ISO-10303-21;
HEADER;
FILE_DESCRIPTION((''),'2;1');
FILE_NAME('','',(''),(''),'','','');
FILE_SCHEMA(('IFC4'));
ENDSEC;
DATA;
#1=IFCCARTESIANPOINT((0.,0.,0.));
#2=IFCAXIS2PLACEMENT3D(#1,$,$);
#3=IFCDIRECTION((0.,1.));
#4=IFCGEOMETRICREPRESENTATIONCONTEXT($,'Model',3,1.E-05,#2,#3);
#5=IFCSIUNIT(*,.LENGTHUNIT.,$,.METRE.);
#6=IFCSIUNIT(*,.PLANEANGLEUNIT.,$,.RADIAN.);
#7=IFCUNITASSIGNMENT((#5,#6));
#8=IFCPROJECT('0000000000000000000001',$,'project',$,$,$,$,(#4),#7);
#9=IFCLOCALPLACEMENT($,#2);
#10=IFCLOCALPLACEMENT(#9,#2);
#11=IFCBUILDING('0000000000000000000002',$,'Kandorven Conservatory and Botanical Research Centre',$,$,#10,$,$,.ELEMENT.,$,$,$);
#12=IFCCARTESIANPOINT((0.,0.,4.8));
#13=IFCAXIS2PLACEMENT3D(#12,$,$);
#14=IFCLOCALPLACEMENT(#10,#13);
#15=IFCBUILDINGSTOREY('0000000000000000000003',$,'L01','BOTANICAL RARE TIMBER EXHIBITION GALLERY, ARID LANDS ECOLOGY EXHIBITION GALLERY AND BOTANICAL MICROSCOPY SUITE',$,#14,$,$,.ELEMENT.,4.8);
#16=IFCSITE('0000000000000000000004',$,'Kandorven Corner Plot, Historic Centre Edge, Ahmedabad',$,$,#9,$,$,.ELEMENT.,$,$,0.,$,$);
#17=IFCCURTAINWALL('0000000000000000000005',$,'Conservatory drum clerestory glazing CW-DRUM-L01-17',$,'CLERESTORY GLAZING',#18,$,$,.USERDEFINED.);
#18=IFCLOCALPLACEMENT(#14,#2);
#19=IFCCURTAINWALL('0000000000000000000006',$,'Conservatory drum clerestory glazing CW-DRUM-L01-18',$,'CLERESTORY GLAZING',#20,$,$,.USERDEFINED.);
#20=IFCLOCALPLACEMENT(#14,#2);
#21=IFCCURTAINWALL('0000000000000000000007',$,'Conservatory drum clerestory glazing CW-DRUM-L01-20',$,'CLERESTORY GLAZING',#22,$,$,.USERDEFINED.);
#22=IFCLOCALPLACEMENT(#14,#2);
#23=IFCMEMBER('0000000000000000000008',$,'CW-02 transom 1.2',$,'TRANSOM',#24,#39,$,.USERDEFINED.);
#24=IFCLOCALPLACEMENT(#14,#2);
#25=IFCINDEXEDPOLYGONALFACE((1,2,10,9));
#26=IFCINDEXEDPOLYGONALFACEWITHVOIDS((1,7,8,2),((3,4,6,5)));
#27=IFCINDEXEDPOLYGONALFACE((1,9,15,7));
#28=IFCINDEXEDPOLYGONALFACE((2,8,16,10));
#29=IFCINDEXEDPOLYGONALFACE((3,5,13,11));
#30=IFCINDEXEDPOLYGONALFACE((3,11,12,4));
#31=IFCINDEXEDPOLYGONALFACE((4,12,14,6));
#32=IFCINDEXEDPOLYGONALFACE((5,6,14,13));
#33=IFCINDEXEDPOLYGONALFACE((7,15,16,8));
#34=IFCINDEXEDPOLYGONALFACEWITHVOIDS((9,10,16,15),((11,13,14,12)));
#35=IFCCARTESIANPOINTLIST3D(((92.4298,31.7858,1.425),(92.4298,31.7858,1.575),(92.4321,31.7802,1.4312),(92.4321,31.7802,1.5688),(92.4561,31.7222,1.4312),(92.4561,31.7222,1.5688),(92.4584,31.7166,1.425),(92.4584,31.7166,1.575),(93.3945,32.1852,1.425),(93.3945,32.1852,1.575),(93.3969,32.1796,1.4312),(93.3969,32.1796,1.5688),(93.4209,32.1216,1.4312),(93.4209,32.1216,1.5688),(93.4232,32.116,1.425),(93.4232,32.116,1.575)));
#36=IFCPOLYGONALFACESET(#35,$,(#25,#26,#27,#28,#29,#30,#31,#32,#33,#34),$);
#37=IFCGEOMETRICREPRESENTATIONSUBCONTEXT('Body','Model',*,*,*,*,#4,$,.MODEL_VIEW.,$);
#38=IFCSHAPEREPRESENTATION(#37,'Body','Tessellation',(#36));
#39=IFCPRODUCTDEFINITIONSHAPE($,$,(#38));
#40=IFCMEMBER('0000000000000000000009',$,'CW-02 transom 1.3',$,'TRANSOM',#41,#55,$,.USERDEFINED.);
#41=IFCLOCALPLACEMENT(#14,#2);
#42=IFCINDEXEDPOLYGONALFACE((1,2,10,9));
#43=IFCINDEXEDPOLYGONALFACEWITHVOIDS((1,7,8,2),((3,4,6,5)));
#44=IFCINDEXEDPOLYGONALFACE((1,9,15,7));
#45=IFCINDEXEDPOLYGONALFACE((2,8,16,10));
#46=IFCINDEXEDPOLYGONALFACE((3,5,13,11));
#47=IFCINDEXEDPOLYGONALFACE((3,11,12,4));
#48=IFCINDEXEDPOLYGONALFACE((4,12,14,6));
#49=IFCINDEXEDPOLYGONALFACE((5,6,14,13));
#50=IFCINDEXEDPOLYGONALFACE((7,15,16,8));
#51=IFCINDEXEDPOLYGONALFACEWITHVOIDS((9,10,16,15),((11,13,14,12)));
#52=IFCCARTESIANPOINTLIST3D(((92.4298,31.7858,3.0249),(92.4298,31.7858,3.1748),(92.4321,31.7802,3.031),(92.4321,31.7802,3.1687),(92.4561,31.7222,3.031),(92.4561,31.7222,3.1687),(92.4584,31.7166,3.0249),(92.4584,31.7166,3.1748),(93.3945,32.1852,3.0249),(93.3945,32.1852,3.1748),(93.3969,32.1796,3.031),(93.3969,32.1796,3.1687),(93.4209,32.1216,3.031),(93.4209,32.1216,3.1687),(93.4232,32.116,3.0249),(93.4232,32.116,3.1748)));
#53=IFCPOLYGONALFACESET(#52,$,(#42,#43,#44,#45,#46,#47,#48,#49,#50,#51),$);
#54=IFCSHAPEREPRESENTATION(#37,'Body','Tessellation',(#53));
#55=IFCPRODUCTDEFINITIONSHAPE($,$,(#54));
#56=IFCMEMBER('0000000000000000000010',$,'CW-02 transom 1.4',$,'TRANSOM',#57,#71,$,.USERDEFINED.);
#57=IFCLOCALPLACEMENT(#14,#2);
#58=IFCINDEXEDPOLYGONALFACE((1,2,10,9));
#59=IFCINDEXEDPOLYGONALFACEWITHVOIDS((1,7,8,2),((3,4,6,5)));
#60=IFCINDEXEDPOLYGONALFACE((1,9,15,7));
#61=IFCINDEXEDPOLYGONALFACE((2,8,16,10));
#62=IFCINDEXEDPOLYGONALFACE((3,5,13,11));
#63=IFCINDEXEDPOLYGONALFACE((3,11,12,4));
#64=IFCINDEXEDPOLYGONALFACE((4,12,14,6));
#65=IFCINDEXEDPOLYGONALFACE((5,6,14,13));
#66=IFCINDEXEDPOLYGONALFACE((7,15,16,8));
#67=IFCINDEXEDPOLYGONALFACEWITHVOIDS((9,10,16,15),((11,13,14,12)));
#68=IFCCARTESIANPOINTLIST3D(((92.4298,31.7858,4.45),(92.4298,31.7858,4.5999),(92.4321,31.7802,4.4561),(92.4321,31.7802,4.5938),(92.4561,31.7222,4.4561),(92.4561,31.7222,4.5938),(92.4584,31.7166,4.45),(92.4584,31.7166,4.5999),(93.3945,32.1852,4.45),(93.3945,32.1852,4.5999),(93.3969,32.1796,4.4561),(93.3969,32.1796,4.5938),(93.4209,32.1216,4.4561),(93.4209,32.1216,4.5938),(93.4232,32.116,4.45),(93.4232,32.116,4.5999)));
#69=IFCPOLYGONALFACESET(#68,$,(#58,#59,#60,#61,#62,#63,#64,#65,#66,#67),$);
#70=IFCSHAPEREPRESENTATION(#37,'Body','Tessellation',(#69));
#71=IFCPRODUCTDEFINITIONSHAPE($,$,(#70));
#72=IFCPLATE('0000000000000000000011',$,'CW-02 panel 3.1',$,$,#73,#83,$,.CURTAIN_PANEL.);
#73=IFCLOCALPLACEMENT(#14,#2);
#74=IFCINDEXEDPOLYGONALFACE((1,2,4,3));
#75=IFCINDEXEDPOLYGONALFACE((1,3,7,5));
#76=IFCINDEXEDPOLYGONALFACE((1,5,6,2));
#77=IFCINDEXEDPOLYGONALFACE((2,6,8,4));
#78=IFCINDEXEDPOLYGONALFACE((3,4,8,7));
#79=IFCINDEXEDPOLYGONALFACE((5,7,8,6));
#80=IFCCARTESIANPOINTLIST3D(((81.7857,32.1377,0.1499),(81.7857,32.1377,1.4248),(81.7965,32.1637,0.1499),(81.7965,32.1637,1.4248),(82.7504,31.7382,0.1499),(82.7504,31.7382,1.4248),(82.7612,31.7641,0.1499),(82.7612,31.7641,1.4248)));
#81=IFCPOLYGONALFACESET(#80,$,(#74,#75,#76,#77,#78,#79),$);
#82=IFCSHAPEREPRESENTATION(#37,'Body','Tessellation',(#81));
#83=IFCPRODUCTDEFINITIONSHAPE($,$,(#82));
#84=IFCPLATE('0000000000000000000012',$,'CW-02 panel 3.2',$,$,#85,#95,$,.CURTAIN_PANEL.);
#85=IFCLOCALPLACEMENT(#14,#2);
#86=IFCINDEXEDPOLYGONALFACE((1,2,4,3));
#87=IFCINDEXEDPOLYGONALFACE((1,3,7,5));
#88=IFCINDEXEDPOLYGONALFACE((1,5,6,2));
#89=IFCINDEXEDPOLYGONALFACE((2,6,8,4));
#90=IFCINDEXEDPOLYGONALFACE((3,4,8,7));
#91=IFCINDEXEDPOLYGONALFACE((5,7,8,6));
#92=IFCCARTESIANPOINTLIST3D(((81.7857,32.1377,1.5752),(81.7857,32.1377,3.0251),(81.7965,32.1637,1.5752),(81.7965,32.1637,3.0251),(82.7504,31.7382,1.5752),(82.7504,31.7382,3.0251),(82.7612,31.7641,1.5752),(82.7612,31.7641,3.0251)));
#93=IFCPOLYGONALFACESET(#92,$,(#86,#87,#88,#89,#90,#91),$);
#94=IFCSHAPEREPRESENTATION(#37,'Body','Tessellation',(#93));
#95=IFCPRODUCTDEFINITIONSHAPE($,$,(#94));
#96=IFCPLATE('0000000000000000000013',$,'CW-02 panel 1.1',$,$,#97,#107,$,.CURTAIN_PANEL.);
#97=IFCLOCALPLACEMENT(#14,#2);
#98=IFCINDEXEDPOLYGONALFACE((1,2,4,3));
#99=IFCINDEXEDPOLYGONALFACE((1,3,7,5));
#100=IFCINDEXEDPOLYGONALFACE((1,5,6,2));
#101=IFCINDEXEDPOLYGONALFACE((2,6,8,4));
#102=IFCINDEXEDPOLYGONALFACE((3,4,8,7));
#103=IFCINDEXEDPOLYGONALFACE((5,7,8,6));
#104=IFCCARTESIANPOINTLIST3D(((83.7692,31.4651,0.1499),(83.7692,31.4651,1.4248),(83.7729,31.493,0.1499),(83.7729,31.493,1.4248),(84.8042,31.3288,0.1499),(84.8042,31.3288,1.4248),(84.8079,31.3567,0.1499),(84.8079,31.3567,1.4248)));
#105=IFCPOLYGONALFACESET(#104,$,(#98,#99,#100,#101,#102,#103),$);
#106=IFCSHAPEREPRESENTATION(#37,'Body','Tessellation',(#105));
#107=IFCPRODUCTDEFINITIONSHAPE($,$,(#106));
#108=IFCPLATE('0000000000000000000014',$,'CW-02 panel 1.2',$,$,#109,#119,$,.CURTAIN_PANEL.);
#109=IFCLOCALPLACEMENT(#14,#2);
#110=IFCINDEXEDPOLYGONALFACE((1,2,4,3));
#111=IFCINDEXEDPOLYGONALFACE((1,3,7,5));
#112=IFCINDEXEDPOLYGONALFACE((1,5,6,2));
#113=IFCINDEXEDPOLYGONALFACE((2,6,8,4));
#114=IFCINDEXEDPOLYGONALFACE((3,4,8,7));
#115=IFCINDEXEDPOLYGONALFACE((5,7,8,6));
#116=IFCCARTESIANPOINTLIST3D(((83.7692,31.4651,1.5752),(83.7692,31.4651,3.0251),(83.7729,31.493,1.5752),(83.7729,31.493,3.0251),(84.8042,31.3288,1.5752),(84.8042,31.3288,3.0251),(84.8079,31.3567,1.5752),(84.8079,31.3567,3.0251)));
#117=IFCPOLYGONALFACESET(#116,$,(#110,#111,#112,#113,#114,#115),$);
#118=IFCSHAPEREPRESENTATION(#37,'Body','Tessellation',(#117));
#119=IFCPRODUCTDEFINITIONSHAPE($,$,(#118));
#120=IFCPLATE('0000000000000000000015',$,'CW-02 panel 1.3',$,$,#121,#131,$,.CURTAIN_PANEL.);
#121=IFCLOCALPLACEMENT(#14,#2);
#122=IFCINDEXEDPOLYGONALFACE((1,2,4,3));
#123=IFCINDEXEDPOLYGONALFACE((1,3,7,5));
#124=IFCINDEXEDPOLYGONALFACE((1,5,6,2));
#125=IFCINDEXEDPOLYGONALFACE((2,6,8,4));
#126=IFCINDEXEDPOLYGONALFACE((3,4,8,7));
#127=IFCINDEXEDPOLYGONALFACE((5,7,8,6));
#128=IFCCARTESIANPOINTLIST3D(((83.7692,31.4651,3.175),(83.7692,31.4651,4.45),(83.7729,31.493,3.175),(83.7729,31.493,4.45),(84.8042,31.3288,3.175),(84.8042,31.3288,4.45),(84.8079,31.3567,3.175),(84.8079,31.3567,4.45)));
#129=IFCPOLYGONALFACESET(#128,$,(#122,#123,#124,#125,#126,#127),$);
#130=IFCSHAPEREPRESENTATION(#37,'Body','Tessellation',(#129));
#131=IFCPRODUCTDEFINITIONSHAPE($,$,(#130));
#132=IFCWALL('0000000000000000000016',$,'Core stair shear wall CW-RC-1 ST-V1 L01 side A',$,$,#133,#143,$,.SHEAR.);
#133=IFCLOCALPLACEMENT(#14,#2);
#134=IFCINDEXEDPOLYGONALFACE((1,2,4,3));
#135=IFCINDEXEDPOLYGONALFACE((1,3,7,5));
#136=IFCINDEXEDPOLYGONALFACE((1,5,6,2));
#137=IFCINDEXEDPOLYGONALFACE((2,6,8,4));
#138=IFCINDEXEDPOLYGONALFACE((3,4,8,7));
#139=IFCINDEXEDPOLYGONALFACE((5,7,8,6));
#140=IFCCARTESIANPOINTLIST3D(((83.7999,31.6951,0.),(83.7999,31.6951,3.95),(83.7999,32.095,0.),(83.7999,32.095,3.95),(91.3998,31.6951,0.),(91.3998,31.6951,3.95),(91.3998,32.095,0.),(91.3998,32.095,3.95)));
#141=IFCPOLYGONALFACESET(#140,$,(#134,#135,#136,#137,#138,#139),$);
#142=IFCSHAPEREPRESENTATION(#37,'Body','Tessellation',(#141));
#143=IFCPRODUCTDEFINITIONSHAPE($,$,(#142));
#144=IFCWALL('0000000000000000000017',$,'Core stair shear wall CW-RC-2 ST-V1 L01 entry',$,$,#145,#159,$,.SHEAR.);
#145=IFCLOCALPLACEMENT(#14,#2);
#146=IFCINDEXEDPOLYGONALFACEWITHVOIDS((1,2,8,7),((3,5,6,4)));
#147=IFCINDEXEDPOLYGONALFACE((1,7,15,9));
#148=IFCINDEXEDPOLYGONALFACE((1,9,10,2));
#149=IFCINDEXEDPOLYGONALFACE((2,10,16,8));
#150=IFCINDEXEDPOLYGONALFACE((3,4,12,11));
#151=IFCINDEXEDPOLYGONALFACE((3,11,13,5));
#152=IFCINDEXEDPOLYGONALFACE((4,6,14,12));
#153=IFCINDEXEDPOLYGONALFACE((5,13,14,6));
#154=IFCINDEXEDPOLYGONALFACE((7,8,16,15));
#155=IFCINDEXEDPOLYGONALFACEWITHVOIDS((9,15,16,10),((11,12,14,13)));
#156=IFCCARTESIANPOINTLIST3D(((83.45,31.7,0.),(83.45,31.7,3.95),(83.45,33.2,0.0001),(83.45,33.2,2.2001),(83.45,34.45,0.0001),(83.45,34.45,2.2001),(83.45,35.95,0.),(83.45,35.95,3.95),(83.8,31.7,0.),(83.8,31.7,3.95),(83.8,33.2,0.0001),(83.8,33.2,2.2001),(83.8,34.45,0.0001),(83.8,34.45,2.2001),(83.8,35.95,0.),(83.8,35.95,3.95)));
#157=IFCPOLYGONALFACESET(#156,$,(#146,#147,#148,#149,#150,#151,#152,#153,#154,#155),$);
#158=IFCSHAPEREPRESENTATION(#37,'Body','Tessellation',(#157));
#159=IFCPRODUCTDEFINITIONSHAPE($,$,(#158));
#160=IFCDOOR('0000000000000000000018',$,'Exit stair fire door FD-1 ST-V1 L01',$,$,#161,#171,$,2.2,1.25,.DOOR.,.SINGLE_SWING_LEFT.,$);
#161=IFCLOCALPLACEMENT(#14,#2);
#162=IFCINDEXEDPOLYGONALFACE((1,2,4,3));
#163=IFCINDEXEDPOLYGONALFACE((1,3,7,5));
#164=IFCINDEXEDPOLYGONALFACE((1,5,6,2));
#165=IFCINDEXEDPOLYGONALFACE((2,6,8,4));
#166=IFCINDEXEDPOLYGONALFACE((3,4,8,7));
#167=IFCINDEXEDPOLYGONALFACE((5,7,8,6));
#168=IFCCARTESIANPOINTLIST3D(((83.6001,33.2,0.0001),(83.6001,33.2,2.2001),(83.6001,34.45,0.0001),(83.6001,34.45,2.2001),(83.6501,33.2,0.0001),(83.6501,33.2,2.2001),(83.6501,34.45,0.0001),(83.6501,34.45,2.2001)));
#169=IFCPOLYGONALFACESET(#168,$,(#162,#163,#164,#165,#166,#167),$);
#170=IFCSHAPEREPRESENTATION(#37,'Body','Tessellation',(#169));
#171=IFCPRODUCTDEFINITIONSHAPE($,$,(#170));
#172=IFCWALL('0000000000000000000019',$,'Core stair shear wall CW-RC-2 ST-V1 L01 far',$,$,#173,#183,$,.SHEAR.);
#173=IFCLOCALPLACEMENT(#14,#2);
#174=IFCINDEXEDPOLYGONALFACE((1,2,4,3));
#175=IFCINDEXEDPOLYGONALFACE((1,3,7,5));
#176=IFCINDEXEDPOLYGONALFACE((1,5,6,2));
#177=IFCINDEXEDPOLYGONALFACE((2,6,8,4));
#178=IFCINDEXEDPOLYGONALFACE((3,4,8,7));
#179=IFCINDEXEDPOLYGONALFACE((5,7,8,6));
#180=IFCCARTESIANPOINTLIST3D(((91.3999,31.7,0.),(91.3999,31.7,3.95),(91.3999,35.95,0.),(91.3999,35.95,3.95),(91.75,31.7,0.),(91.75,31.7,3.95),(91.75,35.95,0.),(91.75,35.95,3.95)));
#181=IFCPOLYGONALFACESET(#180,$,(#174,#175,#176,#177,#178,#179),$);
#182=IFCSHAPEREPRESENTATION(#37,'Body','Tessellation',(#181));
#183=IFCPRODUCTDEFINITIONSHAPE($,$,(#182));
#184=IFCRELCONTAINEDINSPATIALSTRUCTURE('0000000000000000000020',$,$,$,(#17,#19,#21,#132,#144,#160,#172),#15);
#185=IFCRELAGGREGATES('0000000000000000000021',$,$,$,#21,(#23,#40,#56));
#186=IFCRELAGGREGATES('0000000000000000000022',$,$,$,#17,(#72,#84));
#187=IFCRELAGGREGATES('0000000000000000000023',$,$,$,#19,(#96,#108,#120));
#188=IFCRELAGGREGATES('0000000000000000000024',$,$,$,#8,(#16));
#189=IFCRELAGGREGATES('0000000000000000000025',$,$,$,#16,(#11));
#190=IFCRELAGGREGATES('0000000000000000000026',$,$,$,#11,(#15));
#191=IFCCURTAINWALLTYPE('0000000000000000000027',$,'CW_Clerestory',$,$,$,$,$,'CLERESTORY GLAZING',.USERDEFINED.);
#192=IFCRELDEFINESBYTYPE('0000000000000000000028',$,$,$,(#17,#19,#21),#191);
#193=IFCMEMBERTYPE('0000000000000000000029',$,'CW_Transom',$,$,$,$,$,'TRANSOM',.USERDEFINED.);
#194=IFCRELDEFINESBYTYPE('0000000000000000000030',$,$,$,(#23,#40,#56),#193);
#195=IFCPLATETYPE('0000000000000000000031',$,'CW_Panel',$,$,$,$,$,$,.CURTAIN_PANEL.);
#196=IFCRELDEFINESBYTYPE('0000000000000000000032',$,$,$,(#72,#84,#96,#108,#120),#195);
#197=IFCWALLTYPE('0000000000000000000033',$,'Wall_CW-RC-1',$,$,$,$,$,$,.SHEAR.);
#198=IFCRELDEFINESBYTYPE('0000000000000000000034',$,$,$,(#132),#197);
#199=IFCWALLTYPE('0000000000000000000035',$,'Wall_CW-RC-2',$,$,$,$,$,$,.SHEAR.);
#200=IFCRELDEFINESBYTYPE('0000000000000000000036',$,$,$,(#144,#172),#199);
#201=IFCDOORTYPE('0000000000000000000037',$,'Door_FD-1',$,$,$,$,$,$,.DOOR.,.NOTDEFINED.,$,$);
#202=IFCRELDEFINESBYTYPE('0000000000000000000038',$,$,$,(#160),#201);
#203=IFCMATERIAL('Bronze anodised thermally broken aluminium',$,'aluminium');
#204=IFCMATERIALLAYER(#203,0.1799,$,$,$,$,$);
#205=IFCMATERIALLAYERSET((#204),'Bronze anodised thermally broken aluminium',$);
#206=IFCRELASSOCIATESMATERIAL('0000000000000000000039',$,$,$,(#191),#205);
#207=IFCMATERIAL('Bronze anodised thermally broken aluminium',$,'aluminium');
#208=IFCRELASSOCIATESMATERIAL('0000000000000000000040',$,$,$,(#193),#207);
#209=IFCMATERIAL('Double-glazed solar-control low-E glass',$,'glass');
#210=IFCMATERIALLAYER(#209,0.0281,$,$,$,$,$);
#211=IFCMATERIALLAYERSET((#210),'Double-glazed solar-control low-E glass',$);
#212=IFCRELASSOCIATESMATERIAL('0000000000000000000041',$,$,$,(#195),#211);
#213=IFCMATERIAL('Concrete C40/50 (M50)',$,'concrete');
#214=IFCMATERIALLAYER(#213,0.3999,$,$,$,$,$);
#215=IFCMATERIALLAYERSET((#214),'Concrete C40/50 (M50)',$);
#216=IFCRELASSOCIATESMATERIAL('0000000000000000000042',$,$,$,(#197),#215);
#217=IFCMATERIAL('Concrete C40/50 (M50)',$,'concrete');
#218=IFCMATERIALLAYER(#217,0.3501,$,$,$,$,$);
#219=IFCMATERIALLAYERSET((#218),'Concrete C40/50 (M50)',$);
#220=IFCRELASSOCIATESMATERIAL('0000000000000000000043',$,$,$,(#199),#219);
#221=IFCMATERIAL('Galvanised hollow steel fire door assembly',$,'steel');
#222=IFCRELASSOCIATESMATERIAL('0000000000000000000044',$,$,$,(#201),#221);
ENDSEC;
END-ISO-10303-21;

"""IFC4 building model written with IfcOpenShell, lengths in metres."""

from ifc_helpers import new_model, si_unit, direction, frame, frame_2d, origin, origin_2d, place, context, subcontext, project, spatial, rectangle, hollow_rectangle, extrude, material, layer, layer_set, material_profile, profile_set, type_object, element, fill, aggregate, save


model = new_model("IFC4")

# Units and contexts
model_context = context("Model", 3, precision=1e-05, world=origin(), true_north=direction((0.0, 1.0)))
body_context = subcontext(model_context, "Body", "Model", "MODEL_VIEW")
ifc_project = project(units=[si_unit("LENGTHUNIT", "METRE"), si_unit("PLANEANGLEUNIT", "RADIAN")], contexts=[model_context])

# Site, building, storey
site_placement = place(None, origin())
site = spatial("IfcSite", under=ifc_project, at=site_placement, Name="Kandorven Corner Plot, Historic Centre Edge, Ahmedabad", CompositionType="ELEMENT", RefElevation=0.0)
building_placement = place(site_placement, origin())
building = spatial("IfcBuilding", under=site, at=building_placement, Name="Kandorven Conservatory and Botanical Research Centre", CompositionType="ELEMENT")
storey_placement = place(building_placement, frame((0.0, 0.0, 4.8)))
storey = spatial("IfcBuildingStorey", under=building, at=storey_placement, Name="L01", Description="BOTANICAL RARE TIMBER EXHIBITION GALLERY, ARID LANDS ECOLOGY EXHIBITION GALLERY AND BOTANICAL MICROSCOPY SUITE", CompositionType="ELEMENT", Elevation=4.8)

# Curtain walls
ifc_material_1 = material(Name="Bronze anodised thermally broken aluminium", Category="aluminium")
ifc_layer_1 = layer(ifc_material_1, 0.1799)
ifc_layer_set_1 = layer_set([ifc_layer_1], Name="Bronze anodised thermally broken aluminium")
curtain_wall_type = type_object("IfcCurtainWallType", Name="CW_Clerestory", ElementType="CLERESTORY GLAZING", PredefinedType="USERDEFINED", material=ifc_layer_set_1)
curtain_wall_1_placement = place(storey_placement, origin())
curtain_wall_1 = element("IfcCurtainWall", 1, at=curtain_wall_1_placement, inside=storey, type_object=curtain_wall_type, Name="Conservatory drum clerestory glazing CW-DRUM-L01-17", ObjectType="CLERESTORY GLAZING", PredefinedType="USERDEFINED")
curtain_wall_2_placement = place(storey_placement, origin())
curtain_wall_2 = element("IfcCurtainWall", 2, at=curtain_wall_2_placement, inside=storey, type_object=curtain_wall_type, Name="Conservatory drum clerestory glazing CW-DRUM-L01-18", ObjectType="CLERESTORY GLAZING", PredefinedType="USERDEFINED")
curtain_wall_3_placement = place(storey_placement, origin())
curtain_wall_3 = element("IfcCurtainWall", 3, at=curtain_wall_3_placement, inside=storey, type_object=curtain_wall_type, Name="Conservatory drum clerestory glazing CW-DRUM-L01-20", ObjectType="CLERESTORY GLAZING", PredefinedType="USERDEFINED")

# Members
ifc_material_2 = material(Name="Bronze anodised thermally broken aluminium", Category="aluminium")
ifc_material_profile_1 = material_profile(ifc_material_2, hollow_rectangle(XDim=0.075, YDim=0.1499, WallThickness=0.0061, at=origin_2d()))
ifc_profile_set_1 = profile_set([ifc_material_profile_1], Name="Bronze anodised thermally broken aluminium")
member_type_1 = type_object("IfcMemberType", Name="CW_Transom", ElementType="TRANSOM", PredefinedType="USERDEFINED", material=ifc_profile_set_1)
member_1_placement = place(storey_placement, frame((92.4441, 31.7512, 1.5), z_axis=(0.92396, 0.382489, 0.0), x_axis=(-0.382489, 0.92396, 0.0)))
member_1 = element("IfcMember", 4, at=member_1_placement, type_object=member_type_1, Name="CW-02 transom 1.2", ObjectType="TRANSOM", PredefinedType="USERDEFINED", context=body_context, shape_type="SweptSolid", body=[
    extrude(hollow_rectangle(XDim=0.075, YDim=0.1499, WallThickness=0.0061, at=origin_2d()), origin(), (0.0, 0.0, 1.0), 1.0442),
])
member_2_placement = place(storey_placement, frame((92.4441, 31.7512, 3.0999), z_axis=(0.92396, 0.382489, 0.0), x_axis=(-0.382489, 0.92396, 0.0)))
member_2 = element("IfcMember", 5, at=member_2_placement, type_object=member_type_1, Name="CW-02 transom 1.3", ObjectType="TRANSOM", PredefinedType="USERDEFINED", context=body_context, shape_type="SweptSolid", body=[
    extrude(hollow_rectangle(XDim=0.075, YDim=0.1499, WallThickness=0.0061, at=origin_2d()), origin(), (0.0, 0.0, 1.0), 1.0442),
])
member_3_placement = place(storey_placement, frame((92.4441, 31.7512, 4.5249), z_axis=(0.92396, 0.382489, 0.0), x_axis=(-0.382489, 0.92396, 0.0)))
member_3 = element("IfcMember", 6, at=member_3_placement, type_object=member_type_1, Name="CW-02 transom 1.4", ObjectType="TRANSOM", PredefinedType="USERDEFINED", context=body_context, shape_type="SweptSolid", body=[
    extrude(hollow_rectangle(XDim=0.075, YDim=0.1499, WallThickness=0.0061, at=origin_2d()), origin(), (0.0, 0.0, 1.0), 1.0442),
])
aggregate(curtain_wall_3, [member_1, member_2, member_3])

# Plates
ifc_material_3 = material(Name="Double-glazed solar-control low-E glass", Category="glass")
ifc_layer_2 = layer(ifc_material_3, 0.0281)
ifc_layer_set_2 = layer_set([ifc_layer_2], Name="Double-glazed solar-control low-E glass")
plate_type = type_object("IfcPlateType", Name="CW_Panel", PredefinedType="CURTAIN_PANEL", material=ifc_layer_set_2)
plate_1_placement = place(storey_placement, frame((82.2734, 31.9509, 0.1499), z_axis=(0.0, 0.0, 1.0), x_axis=(0.923886, -0.382669, 0.0)))
plate_1 = element("IfcPlate", 7, at=plate_1_placement, type_object=plate_type, Name="CW-02 panel 3.1", PredefinedType="CURTAIN_PANEL", context=body_context, shape_type="SweptSolid", body=[
    extrude(rectangle(XDim=1.0442, YDim=0.0281, at=origin_2d()), origin(), (0.0, 0.0, 1.0), 1.2749),
])
plate_2_placement = place(storey_placement, frame((82.2734, 31.9509, 1.5752), z_axis=(0.0, 0.0, 1.0), x_axis=(0.923886, -0.382669, 0.0)))
plate_2 = element("IfcPlate", 8, at=plate_2_placement, type_object=plate_type, Name="CW-02 panel 3.2", PredefinedType="CURTAIN_PANEL", context=body_context, shape_type="SweptSolid", body=[
    extrude(rectangle(XDim=1.0442, YDim=0.0281, at=origin_2d()), origin(), (0.0, 0.0, 1.0), 1.45),
])
aggregate(curtain_wall_1, [plate_1, plate_2])
plate_3_placement = place(storey_placement, frame((84.2886, 31.4109, 0.1499), z_axis=(0.0, 0.0, 1.0), x_axis=(0.991441, -0.130552, 0.0)))
plate_3 = element("IfcPlate", 9, at=plate_3_placement, type_object=plate_type, Name="CW-02 panel 1.1", PredefinedType="CURTAIN_PANEL", context=body_context, shape_type="SweptSolid", body=[
    extrude(rectangle(XDim=1.0439, YDim=0.0281, at=origin_2d()), origin(), (0.0, 0.0, 1.0), 1.2749),
])
plate_4_placement = place(storey_placement, frame((84.2886, 31.4109, 1.5752), z_axis=(0.0, 0.0, 1.0), x_axis=(0.991441, -0.130552, 0.0)))
plate_4 = element("IfcPlate", 10, at=plate_4_placement, type_object=plate_type, Name="CW-02 panel 1.2", PredefinedType="CURTAIN_PANEL", context=body_context, shape_type="SweptSolid", body=[
    extrude(rectangle(XDim=1.0439, YDim=0.0281, at=origin_2d()), origin(), (0.0, 0.0, 1.0), 1.45),
])
plate_5_placement = place(storey_placement, frame((84.2886, 31.4109, 3.175), z_axis=(0.0, 0.0, 1.0), x_axis=(0.991441, -0.130552, 0.0)))
plate_5 = element("IfcPlate", 11, at=plate_5_placement, type_object=plate_type, Name="CW-02 panel 1.3", PredefinedType="CURTAIN_PANEL", context=body_context, shape_type="SweptSolid", body=[
    extrude(rectangle(XDim=1.0439, YDim=0.0281, at=origin_2d()), origin(), (0.0, 0.0, 1.0), 1.2749),
])
aggregate(curtain_wall_2, [plate_3, plate_4, plate_5])

# Wall
ifc_material_4 = material(Name="Concrete C40/50 (M50)", Category="concrete")
ifc_layer_3 = layer(ifc_material_4, 0.3999)
ifc_layer_set_3 = layer_set([ifc_layer_3], Name="Concrete C40/50 (M50)")
wall_type_1 = type_object("IfcWallType", Name="Wall_CW-RC-1", PredefinedType="SHEAR", material=ifc_layer_set_3)
wall_1_placement = place(storey_placement, frame((83.8, 31.895, 0.0), z_axis=(0.0, 0.0, 1.0), x_axis=(1.0, 0.0, 0.0)))
element("IfcWall", 12, at=wall_1_placement, inside=storey, type_object=wall_type_1, Name="Core stair shear wall CW-RC-1 ST-V1 L01 side A", PredefinedType="SHEAR", context=body_context, shape_type="SweptSolid", body=[
    extrude(rectangle(XDim=7.5999, YDim=0.3999, at=frame_2d((3.7998, 0.0))), origin(), (0.0, 0.0, 1.0), 3.95),
])

# Wall, opening, door
ifc_material_5 = material(Name="Concrete C40/50 (M50)", Category="concrete")
ifc_layer_4 = layer(ifc_material_5, 0.3501)
ifc_layer_set_4 = layer_set([ifc_layer_4], Name="Concrete C40/50 (M50)")
wall_type_2 = type_object("IfcWallType", Name="Wall_CW-RC-2", PredefinedType="SHEAR", material=ifc_layer_set_4)
wall_2_placement = place(storey_placement, frame((83.625, 31.7, 0.0), z_axis=(0.0, 0.0, 1.0), x_axis=(0.0, 1.0, 0.0)))
wall_2 = element("IfcWall", 13, at=wall_2_placement, inside=storey, type_object=wall_type_2, Name="Core stair shear wall CW-RC-2 ST-V1 L01 entry", PredefinedType="SHEAR", context=body_context, shape_type="SweptSolid", body=[
    extrude(rectangle(XDim=4.25, YDim=0.3501, at=frame_2d((2.125, 0.0))), origin(), (0.0, 0.0, 1.0), 3.95),
])
opening_placement = place(wall_2_placement, frame((1.5, 0.0, 0.0)))
opening = element("IfcOpeningElement", 14, at=opening_placement, cuts=wall_2, PredefinedType="OPENING", context=body_context, shape_type="SweptSolid", body=[
    extrude(rectangle(XDim=1.25, YDim=2.2, at=frame_2d((0.625, 1.1001))), frame((0.0, 0.1851, 0.0), z_axis=(0.0, -1.0, 0.0), x_axis=(1.0, 0.0, 0.0)), (0.0, 0.0, 1.0), 0.3701),
])
ifc_material_6 = material(Name="Galvanised hollow steel fire door assembly", Category="steel")
door_type = type_object("IfcDoorType", Name="Door_FD-1", OperationType="NOTDEFINED", PredefinedType="DOOR", material=ifc_material_6)
door_placement = place(opening_placement, origin())
door = element("IfcDoor", 15, at=door_placement, inside=storey, type_object=door_type, Name="Exit stair fire door FD-1 ST-V1 L01", OperationType="SINGLE_SWING_LEFT", OverallHeight=2.2, OverallWidth=1.25, PredefinedType="DOOR", context=body_context, shape_type="SweptSolid", body=[
    extrude(rectangle(XDim=1.25, YDim=2.2, at=frame_2d((0.625, 1.1001))), frame((0.0, 0.0249, 0.0), z_axis=(0.0, -1.0, 0.0), x_axis=(1.0, 0.0, 0.0)), (0.0, 0.0, 1.0), 0.05),
])
fill(opening, door)

# Wall
wall_3_placement = place(storey_placement, frame((91.575, 31.7, 0.0), z_axis=(0.0, 0.0, 1.0), x_axis=(0.0, 1.0, 0.0)))
element("IfcWall", 16, at=wall_3_placement, inside=storey, type_object=wall_type_2, Name="Core stair shear wall CW-RC-2 ST-V1 L01 far", PredefinedType="SHEAR", context=body_context, shape_type="SweptSolid", body=[
    extrude(rectangle(XDim=4.25, YDim=0.3501, at=frame_2d((2.125, 0.0))), origin(), (0.0, 0.0, 1.0), 3.95),
])

save(model, "model.ifc")
